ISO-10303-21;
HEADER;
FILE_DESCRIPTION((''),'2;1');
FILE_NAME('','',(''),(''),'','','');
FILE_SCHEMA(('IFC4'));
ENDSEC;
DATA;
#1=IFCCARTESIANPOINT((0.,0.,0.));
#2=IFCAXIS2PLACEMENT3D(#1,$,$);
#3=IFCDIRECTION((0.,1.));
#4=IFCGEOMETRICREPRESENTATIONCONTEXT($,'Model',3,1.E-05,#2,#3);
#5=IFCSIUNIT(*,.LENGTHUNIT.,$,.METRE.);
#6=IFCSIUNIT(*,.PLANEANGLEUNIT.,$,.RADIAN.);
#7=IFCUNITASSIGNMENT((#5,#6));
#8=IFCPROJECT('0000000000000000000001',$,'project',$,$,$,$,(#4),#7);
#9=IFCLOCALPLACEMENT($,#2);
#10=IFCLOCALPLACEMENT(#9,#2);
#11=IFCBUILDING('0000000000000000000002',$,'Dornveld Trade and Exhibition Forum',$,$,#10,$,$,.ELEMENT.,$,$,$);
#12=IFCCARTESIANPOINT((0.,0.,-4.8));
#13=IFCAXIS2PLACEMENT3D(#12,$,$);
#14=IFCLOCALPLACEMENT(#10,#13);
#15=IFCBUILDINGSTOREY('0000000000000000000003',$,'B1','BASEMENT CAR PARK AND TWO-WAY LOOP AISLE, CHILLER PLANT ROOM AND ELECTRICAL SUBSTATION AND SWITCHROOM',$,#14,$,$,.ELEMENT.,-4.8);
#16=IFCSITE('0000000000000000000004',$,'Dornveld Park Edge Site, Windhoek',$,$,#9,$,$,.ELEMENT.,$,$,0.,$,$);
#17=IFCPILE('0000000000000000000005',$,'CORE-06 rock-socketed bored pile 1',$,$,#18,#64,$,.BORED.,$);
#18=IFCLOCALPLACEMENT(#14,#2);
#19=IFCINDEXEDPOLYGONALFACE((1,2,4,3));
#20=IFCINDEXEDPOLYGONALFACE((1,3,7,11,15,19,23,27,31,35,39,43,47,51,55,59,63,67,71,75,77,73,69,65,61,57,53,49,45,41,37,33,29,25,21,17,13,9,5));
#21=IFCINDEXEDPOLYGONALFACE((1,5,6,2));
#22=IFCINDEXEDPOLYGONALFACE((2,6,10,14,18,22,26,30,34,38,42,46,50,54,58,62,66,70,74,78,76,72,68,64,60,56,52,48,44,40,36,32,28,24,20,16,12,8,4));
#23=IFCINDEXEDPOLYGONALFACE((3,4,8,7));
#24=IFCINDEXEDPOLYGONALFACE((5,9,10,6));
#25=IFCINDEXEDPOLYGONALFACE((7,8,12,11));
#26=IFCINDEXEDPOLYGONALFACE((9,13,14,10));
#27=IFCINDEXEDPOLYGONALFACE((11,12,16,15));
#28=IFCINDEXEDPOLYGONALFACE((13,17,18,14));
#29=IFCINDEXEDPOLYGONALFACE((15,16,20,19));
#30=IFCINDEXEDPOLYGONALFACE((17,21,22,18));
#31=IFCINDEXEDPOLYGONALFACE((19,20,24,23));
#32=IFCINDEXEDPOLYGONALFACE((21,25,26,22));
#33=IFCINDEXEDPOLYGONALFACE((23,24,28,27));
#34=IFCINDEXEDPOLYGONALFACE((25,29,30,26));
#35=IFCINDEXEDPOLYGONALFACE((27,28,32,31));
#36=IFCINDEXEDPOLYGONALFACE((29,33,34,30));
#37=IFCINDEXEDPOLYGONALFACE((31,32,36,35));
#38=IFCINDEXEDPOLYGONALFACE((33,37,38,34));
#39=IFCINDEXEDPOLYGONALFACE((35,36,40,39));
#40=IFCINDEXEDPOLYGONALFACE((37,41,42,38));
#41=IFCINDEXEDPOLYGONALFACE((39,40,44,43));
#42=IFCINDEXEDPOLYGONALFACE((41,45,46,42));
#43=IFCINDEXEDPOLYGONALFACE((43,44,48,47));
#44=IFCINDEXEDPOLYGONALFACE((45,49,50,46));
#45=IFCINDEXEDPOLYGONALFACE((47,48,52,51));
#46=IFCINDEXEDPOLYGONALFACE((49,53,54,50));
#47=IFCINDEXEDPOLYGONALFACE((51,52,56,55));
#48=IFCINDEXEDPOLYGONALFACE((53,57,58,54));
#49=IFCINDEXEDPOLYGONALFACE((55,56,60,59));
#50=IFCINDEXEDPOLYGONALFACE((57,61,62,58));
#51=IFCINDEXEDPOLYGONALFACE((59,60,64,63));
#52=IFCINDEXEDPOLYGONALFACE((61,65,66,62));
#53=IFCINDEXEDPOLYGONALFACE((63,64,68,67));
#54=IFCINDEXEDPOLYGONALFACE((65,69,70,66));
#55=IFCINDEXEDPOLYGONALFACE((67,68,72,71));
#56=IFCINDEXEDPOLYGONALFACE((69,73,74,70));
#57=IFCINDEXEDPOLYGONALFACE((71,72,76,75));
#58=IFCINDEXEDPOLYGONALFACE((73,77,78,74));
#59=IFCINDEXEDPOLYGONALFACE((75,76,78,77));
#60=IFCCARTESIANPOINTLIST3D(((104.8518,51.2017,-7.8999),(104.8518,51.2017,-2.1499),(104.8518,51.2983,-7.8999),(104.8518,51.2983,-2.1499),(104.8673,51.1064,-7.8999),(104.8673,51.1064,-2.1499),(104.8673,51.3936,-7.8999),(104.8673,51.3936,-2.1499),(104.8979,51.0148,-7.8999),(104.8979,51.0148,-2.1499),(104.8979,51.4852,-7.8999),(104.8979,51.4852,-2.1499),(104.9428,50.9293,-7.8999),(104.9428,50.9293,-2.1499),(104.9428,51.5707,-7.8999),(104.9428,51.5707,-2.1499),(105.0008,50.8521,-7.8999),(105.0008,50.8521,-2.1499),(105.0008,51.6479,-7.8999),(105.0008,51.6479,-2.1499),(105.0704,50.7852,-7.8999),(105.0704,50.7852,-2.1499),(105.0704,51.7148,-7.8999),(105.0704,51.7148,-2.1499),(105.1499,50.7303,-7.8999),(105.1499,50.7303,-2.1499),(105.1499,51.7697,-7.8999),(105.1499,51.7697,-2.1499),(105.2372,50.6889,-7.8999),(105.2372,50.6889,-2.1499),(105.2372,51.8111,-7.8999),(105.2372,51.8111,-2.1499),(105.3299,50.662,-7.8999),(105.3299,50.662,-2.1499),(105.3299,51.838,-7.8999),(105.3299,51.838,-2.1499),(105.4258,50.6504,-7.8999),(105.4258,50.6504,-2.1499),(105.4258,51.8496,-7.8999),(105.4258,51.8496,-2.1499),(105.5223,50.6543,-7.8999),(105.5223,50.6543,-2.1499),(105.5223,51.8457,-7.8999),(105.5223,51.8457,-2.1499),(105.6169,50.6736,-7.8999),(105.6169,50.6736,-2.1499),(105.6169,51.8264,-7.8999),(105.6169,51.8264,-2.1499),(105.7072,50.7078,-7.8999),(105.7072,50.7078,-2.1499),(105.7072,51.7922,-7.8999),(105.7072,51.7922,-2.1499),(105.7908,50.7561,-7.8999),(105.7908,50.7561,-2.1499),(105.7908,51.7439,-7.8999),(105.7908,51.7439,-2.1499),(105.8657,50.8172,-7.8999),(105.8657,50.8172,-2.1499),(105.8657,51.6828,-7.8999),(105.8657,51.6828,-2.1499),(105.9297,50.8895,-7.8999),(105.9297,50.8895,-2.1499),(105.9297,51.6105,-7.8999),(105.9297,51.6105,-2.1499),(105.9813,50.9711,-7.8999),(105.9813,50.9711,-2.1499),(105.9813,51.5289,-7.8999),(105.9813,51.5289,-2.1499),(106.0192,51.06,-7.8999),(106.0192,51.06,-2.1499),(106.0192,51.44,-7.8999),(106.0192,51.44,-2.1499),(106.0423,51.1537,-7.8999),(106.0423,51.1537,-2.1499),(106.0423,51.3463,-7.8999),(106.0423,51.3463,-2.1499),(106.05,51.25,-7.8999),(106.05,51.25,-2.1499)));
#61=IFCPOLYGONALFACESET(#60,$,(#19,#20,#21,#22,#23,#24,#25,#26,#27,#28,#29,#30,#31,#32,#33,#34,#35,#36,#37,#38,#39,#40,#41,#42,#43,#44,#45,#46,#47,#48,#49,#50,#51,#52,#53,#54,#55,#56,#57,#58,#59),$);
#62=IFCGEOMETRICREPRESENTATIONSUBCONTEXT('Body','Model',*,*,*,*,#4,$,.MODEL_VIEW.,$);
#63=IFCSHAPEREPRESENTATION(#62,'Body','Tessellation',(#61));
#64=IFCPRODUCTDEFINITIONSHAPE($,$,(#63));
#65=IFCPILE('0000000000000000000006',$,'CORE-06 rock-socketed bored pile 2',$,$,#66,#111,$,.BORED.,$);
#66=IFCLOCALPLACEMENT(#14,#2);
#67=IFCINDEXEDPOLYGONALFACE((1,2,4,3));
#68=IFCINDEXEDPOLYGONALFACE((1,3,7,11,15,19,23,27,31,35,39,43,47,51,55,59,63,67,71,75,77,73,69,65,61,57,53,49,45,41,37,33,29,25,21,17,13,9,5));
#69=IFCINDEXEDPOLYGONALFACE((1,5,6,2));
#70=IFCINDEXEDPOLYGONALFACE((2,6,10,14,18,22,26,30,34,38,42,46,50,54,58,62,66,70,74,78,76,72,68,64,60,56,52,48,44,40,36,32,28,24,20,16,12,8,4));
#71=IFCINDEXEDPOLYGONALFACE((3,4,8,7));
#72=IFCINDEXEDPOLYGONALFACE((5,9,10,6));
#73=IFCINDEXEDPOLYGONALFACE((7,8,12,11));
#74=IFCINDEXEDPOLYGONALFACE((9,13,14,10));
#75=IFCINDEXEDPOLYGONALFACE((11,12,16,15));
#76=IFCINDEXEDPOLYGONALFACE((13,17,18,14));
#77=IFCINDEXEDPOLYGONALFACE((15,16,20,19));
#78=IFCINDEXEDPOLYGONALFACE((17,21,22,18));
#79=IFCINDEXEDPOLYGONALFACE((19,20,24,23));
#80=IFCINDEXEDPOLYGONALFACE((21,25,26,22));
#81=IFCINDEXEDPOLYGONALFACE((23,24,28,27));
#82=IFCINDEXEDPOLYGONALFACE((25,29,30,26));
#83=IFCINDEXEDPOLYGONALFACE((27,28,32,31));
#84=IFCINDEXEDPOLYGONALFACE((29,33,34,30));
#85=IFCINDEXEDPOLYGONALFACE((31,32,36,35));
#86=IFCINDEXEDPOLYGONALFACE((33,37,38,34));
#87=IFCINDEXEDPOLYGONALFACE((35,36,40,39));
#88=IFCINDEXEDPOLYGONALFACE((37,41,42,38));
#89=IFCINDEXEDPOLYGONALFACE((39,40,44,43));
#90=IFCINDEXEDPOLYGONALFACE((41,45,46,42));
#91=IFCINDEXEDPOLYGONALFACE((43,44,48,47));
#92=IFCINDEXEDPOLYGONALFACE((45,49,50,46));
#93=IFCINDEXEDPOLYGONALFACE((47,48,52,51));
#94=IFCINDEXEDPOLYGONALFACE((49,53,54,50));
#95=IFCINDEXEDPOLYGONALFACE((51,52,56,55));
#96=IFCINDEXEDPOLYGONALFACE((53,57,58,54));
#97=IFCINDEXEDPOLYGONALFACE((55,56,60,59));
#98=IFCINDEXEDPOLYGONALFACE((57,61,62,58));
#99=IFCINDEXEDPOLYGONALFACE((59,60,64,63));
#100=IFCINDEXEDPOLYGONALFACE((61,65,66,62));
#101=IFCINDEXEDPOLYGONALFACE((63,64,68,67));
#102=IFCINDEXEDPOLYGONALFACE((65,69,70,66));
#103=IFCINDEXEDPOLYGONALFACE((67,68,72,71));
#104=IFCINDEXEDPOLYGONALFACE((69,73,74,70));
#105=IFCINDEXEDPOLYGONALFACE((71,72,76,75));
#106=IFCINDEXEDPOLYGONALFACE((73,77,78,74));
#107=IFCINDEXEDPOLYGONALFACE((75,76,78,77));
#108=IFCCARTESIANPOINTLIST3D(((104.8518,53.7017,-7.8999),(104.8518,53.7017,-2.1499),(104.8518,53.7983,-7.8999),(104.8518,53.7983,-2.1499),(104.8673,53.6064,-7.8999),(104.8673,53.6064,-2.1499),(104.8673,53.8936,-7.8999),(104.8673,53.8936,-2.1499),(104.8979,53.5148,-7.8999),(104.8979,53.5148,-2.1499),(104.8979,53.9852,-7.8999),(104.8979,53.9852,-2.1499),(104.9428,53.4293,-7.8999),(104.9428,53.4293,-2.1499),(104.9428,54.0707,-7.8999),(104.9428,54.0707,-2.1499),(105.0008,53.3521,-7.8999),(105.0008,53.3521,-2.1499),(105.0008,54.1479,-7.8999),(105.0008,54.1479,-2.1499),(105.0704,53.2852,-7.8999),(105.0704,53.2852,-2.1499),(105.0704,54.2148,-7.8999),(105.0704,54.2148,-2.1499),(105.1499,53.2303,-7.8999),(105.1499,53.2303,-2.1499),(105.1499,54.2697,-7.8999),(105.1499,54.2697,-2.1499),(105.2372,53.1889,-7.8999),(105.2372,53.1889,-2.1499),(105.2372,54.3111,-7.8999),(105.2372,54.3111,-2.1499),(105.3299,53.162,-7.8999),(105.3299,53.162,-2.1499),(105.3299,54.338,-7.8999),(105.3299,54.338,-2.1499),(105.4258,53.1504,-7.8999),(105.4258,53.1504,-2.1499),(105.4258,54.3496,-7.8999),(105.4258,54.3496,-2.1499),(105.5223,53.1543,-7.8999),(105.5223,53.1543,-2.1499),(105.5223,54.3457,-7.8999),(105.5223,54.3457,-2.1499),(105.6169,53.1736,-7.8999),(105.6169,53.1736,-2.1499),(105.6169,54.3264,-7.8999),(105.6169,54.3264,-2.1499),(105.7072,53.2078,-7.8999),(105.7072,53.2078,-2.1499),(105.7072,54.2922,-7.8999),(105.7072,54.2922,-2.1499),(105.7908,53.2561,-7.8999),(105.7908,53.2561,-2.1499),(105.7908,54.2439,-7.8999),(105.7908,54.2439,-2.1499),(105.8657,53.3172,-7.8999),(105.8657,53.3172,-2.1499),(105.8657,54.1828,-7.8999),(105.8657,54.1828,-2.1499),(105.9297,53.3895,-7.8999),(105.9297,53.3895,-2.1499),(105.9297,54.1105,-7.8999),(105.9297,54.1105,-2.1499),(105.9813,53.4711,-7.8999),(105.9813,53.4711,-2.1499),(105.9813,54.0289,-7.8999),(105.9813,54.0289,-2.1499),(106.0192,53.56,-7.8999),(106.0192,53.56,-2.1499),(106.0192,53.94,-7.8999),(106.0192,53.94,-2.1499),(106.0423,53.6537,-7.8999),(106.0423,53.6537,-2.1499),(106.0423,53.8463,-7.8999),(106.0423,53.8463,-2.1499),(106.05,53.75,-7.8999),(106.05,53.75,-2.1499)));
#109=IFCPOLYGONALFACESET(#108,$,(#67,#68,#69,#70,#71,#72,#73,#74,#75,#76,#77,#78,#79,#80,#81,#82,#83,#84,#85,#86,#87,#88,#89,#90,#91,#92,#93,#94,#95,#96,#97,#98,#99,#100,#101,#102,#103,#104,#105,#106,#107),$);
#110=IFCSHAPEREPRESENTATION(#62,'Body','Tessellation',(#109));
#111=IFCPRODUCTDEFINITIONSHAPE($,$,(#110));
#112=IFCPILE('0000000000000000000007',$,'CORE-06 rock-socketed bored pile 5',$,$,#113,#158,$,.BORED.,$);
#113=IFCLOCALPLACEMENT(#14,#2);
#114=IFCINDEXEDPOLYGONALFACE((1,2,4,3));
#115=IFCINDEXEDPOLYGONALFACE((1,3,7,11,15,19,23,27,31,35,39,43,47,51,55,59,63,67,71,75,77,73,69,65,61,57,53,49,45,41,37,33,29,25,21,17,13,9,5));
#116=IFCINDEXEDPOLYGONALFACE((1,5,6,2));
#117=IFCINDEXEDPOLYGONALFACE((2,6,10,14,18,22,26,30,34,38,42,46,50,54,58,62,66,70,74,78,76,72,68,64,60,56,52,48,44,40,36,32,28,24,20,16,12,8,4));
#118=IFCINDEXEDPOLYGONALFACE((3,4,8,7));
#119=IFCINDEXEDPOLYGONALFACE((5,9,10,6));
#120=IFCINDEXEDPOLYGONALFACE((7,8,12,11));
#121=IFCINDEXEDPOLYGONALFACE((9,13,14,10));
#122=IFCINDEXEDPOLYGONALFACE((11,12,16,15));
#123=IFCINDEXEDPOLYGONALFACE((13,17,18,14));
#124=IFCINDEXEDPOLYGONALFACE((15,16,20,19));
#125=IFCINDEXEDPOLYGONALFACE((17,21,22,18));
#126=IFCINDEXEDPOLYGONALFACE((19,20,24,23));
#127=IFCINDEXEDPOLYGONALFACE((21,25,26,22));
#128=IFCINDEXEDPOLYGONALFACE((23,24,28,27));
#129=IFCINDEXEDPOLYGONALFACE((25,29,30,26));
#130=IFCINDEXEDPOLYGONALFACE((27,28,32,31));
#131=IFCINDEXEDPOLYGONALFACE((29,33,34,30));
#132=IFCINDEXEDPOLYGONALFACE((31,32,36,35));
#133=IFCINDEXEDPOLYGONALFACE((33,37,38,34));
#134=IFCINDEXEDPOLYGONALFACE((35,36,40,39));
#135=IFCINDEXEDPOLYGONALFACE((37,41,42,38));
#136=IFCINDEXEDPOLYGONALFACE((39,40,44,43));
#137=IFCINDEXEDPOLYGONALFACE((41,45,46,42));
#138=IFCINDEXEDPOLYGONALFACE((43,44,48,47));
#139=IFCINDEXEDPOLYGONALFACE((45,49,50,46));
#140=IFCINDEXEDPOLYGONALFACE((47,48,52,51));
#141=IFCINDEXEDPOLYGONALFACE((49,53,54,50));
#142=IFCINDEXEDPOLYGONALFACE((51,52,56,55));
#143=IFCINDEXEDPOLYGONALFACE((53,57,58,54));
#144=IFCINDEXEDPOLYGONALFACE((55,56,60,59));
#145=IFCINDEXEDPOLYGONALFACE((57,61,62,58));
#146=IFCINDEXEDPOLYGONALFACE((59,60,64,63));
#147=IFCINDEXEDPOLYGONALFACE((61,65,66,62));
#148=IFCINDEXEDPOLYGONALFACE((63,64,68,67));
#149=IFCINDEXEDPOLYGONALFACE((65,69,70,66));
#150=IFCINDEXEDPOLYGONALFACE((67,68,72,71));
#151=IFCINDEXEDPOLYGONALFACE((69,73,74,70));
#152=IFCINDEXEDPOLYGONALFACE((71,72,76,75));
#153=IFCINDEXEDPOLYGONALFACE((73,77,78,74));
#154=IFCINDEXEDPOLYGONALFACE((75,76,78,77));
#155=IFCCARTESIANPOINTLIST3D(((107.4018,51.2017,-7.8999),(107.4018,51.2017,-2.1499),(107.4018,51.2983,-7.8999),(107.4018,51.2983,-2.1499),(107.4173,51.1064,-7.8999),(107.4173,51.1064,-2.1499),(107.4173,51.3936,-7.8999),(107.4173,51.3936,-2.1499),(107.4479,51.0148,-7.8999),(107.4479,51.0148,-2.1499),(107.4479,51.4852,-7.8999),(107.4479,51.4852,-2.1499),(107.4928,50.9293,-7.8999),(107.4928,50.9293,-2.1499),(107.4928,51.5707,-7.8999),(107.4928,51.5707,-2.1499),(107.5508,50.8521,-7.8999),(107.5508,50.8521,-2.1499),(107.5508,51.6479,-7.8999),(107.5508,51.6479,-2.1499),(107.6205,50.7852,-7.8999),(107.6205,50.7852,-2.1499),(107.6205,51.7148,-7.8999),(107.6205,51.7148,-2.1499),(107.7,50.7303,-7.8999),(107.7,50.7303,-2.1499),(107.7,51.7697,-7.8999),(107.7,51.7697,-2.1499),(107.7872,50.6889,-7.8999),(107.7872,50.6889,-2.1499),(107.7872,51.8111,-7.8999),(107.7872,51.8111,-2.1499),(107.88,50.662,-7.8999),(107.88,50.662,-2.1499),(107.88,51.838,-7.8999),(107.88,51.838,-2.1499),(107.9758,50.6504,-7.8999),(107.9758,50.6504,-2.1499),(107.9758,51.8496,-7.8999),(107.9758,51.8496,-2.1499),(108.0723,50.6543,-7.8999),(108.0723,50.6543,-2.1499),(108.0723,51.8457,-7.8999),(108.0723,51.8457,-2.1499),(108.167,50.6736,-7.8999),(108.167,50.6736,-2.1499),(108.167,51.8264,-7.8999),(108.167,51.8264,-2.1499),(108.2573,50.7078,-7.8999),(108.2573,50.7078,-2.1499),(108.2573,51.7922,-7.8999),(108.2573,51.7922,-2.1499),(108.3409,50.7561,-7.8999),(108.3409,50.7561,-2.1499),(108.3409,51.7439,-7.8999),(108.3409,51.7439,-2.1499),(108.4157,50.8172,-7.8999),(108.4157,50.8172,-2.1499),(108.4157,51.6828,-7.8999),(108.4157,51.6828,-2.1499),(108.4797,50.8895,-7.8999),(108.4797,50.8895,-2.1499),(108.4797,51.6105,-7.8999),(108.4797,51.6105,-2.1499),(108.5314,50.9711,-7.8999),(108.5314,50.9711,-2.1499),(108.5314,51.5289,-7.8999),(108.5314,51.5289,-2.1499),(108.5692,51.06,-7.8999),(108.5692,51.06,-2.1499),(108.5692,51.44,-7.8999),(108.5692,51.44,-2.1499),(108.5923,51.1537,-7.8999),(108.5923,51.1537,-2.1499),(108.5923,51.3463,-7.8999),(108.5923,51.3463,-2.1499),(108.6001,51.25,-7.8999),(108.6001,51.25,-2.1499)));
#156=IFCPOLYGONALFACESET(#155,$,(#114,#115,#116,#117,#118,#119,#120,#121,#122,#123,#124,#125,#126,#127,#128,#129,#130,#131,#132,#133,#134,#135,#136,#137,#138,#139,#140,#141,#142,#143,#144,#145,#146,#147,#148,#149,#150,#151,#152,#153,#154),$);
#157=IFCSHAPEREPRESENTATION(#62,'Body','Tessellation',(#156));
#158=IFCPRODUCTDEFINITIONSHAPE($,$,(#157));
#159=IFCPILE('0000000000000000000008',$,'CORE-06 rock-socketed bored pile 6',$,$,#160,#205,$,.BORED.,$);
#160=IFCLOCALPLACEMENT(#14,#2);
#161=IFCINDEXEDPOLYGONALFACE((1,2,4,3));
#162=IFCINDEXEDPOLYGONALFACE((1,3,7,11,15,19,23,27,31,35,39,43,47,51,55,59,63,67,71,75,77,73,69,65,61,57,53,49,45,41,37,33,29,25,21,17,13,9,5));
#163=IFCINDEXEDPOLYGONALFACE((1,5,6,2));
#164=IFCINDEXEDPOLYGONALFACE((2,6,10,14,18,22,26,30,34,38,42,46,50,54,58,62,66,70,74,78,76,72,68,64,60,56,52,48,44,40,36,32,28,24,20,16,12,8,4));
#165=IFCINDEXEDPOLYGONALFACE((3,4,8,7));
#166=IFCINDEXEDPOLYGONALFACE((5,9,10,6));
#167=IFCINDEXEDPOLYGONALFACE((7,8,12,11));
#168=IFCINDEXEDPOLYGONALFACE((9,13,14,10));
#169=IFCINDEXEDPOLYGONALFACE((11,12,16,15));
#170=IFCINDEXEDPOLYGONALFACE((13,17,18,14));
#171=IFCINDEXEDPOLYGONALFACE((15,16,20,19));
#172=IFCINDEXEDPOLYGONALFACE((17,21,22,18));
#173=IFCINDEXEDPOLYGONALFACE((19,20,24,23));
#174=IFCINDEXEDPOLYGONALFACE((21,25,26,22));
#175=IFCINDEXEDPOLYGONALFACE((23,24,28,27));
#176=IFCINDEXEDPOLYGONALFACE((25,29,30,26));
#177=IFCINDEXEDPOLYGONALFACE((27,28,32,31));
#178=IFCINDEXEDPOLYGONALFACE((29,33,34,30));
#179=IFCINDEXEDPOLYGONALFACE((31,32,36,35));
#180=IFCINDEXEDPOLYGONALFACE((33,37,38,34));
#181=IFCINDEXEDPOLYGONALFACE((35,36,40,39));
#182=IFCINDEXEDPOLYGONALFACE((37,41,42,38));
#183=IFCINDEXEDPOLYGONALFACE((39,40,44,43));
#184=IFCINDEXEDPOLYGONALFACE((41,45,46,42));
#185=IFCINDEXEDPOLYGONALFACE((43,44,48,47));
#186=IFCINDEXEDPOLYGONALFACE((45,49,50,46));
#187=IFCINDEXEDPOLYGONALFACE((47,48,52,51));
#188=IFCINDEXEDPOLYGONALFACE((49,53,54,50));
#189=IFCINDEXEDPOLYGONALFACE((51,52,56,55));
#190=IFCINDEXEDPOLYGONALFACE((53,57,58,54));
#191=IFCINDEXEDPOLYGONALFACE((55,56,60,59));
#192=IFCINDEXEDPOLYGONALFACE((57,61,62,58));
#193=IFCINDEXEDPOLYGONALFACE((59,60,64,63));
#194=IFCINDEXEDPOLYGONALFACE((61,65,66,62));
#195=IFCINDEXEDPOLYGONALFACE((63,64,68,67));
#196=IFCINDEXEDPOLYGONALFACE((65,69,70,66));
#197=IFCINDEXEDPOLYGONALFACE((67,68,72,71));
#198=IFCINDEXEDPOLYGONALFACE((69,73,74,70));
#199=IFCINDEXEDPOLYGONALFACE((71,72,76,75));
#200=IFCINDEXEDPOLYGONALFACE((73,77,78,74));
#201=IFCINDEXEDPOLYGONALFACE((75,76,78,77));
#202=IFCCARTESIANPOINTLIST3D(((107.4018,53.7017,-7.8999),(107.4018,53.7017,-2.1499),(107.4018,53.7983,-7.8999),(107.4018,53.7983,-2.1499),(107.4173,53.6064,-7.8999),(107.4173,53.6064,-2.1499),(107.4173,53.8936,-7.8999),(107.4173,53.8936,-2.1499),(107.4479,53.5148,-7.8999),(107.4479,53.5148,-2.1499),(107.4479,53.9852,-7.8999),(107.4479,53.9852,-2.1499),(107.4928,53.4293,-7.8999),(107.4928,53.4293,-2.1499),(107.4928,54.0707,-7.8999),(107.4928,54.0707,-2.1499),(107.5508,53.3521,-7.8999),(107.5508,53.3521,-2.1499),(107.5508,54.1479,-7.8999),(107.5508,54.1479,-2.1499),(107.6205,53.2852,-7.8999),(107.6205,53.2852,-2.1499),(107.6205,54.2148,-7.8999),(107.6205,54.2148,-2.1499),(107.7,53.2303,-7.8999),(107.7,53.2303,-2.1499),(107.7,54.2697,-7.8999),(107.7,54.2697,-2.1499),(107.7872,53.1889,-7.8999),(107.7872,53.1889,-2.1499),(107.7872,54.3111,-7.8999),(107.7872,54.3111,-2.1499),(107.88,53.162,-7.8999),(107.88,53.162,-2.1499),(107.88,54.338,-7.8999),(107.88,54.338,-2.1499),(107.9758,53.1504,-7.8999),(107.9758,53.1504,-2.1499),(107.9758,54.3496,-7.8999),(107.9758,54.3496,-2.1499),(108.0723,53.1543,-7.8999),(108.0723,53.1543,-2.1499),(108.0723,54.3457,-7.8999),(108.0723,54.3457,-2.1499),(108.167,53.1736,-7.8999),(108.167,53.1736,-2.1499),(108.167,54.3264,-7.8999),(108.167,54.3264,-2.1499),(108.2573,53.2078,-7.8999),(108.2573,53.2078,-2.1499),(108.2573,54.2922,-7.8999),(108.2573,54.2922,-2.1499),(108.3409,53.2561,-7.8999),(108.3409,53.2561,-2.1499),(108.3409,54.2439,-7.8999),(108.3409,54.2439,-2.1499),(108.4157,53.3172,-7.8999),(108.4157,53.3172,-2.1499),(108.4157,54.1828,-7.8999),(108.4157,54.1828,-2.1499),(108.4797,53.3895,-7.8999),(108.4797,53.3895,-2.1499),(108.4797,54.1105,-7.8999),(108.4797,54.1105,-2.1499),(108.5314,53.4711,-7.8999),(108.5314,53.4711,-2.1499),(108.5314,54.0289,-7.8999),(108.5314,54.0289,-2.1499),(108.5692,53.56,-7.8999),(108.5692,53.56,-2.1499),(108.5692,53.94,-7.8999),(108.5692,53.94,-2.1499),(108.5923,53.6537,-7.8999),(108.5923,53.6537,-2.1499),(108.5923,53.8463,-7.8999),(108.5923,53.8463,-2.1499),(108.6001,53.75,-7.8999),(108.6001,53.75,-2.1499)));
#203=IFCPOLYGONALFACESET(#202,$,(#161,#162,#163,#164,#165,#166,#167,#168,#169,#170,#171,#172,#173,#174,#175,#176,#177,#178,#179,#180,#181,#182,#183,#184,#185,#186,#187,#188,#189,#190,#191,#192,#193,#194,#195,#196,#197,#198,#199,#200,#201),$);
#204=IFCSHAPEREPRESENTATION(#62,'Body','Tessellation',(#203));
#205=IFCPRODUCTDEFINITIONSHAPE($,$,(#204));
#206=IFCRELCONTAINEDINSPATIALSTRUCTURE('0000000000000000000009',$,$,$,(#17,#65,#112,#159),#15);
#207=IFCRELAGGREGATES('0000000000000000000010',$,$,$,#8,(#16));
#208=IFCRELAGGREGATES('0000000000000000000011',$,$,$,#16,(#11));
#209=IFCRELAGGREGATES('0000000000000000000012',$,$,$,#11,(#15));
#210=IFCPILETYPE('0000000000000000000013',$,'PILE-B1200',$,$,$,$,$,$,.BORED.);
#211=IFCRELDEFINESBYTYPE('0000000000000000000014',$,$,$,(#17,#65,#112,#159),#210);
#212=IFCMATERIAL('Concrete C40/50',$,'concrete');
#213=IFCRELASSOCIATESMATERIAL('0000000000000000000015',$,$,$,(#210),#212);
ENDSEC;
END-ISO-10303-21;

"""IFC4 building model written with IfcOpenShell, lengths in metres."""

from ifc_helpers import new_model, si_unit, direction, frame, origin, origin_2d, place, context, subcontext, project, spatial, circle, extrude, material, material_profile, profile_set, type_object, element, save


model = new_model("IFC4")

# Units and contexts
model_context = context("Model", 3, precision=1e-05, world=origin(), true_north=direction((0.0, 1.0)))
body_context = subcontext(model_context, "Body", "Model", "MODEL_VIEW")
ifc_project = project(units=[si_unit("LENGTHUNIT", "METRE"), si_unit("PLANEANGLEUNIT", "RADIAN")], contexts=[model_context])

# Site, building, storey
site_placement = place(None, origin())
site = spatial("IfcSite", under=ifc_project, at=site_placement, Name="Dornveld Park Edge Site, Windhoek", CompositionType="ELEMENT", RefElevation=0.0)
building_placement = place(site_placement, origin())
building = spatial("IfcBuilding", under=site, at=building_placement, Name="Dornveld Trade and Exhibition Forum", CompositionType="ELEMENT")
storey_placement = place(building_placement, frame((0.0, 0.0, -4.8)))
storey = spatial("IfcBuildingStorey", under=building, at=storey_placement, Name="B1", Description="BASEMENT CAR PARK AND TWO-WAY LOOP AISLE, CHILLER PLANT ROOM AND ELECTRICAL SUBSTATION AND SWITCHROOM", CompositionType="ELEMENT", Elevation=-4.8)

# Piles
ifc_material_1 = material(Name="Concrete C40/50", Category="concrete")
ifc_material_profile_1 = material_profile(ifc_material_1, circle(Radius=0.6001, at=origin_2d()), Name="PILE D1200")
ifc_profile_set_1 = profile_set([ifc_material_profile_1], Name="Concrete C40/50")
pile_type_1 = type_object("IfcPileType", Name="PILE-B1200", PredefinedType="BORED", material=ifc_profile_set_1)
for number, where, z_axis, x_axis, name in (
    (1, (105.45, 51.25, -2.1499), (0.0, 0.0, -1.0), (1.0, 0.0, 0.0), "CORE-06 rock-socketed bored pile 1"),
    (2, (105.45, 53.75, -2.1499), (0.0, 0.0, -1.0), (1.0, 0.0, 0.0), "CORE-06 rock-socketed bored pile 2"),
    (3, (108.0, 51.25, -2.1499), (0.0, 0.0, -1.0), (1.0, 0.0, 0.0), "CORE-06 rock-socketed bored pile 5"),
    (4, (108.0, 53.75, -2.1499), (0.0, 0.0, -1.0), (1.0, 0.0, 0.0), "CORE-06 rock-socketed bored pile 6"),
):
    element("IfcPile", number, at=place(storey_placement, frame(where, z_axis=z_axis, x_axis=x_axis)), inside=storey, type_object=pile_type_1, Name=name, PredefinedType="BORED", context=body_context, shape_type="SweptSolid", body=[
        extrude(circle(Radius=0.6001, at=origin_2d()), origin(), (0.0, 0.0, 1.0), 5.75),
    ])

save(model, "model.ifc")
